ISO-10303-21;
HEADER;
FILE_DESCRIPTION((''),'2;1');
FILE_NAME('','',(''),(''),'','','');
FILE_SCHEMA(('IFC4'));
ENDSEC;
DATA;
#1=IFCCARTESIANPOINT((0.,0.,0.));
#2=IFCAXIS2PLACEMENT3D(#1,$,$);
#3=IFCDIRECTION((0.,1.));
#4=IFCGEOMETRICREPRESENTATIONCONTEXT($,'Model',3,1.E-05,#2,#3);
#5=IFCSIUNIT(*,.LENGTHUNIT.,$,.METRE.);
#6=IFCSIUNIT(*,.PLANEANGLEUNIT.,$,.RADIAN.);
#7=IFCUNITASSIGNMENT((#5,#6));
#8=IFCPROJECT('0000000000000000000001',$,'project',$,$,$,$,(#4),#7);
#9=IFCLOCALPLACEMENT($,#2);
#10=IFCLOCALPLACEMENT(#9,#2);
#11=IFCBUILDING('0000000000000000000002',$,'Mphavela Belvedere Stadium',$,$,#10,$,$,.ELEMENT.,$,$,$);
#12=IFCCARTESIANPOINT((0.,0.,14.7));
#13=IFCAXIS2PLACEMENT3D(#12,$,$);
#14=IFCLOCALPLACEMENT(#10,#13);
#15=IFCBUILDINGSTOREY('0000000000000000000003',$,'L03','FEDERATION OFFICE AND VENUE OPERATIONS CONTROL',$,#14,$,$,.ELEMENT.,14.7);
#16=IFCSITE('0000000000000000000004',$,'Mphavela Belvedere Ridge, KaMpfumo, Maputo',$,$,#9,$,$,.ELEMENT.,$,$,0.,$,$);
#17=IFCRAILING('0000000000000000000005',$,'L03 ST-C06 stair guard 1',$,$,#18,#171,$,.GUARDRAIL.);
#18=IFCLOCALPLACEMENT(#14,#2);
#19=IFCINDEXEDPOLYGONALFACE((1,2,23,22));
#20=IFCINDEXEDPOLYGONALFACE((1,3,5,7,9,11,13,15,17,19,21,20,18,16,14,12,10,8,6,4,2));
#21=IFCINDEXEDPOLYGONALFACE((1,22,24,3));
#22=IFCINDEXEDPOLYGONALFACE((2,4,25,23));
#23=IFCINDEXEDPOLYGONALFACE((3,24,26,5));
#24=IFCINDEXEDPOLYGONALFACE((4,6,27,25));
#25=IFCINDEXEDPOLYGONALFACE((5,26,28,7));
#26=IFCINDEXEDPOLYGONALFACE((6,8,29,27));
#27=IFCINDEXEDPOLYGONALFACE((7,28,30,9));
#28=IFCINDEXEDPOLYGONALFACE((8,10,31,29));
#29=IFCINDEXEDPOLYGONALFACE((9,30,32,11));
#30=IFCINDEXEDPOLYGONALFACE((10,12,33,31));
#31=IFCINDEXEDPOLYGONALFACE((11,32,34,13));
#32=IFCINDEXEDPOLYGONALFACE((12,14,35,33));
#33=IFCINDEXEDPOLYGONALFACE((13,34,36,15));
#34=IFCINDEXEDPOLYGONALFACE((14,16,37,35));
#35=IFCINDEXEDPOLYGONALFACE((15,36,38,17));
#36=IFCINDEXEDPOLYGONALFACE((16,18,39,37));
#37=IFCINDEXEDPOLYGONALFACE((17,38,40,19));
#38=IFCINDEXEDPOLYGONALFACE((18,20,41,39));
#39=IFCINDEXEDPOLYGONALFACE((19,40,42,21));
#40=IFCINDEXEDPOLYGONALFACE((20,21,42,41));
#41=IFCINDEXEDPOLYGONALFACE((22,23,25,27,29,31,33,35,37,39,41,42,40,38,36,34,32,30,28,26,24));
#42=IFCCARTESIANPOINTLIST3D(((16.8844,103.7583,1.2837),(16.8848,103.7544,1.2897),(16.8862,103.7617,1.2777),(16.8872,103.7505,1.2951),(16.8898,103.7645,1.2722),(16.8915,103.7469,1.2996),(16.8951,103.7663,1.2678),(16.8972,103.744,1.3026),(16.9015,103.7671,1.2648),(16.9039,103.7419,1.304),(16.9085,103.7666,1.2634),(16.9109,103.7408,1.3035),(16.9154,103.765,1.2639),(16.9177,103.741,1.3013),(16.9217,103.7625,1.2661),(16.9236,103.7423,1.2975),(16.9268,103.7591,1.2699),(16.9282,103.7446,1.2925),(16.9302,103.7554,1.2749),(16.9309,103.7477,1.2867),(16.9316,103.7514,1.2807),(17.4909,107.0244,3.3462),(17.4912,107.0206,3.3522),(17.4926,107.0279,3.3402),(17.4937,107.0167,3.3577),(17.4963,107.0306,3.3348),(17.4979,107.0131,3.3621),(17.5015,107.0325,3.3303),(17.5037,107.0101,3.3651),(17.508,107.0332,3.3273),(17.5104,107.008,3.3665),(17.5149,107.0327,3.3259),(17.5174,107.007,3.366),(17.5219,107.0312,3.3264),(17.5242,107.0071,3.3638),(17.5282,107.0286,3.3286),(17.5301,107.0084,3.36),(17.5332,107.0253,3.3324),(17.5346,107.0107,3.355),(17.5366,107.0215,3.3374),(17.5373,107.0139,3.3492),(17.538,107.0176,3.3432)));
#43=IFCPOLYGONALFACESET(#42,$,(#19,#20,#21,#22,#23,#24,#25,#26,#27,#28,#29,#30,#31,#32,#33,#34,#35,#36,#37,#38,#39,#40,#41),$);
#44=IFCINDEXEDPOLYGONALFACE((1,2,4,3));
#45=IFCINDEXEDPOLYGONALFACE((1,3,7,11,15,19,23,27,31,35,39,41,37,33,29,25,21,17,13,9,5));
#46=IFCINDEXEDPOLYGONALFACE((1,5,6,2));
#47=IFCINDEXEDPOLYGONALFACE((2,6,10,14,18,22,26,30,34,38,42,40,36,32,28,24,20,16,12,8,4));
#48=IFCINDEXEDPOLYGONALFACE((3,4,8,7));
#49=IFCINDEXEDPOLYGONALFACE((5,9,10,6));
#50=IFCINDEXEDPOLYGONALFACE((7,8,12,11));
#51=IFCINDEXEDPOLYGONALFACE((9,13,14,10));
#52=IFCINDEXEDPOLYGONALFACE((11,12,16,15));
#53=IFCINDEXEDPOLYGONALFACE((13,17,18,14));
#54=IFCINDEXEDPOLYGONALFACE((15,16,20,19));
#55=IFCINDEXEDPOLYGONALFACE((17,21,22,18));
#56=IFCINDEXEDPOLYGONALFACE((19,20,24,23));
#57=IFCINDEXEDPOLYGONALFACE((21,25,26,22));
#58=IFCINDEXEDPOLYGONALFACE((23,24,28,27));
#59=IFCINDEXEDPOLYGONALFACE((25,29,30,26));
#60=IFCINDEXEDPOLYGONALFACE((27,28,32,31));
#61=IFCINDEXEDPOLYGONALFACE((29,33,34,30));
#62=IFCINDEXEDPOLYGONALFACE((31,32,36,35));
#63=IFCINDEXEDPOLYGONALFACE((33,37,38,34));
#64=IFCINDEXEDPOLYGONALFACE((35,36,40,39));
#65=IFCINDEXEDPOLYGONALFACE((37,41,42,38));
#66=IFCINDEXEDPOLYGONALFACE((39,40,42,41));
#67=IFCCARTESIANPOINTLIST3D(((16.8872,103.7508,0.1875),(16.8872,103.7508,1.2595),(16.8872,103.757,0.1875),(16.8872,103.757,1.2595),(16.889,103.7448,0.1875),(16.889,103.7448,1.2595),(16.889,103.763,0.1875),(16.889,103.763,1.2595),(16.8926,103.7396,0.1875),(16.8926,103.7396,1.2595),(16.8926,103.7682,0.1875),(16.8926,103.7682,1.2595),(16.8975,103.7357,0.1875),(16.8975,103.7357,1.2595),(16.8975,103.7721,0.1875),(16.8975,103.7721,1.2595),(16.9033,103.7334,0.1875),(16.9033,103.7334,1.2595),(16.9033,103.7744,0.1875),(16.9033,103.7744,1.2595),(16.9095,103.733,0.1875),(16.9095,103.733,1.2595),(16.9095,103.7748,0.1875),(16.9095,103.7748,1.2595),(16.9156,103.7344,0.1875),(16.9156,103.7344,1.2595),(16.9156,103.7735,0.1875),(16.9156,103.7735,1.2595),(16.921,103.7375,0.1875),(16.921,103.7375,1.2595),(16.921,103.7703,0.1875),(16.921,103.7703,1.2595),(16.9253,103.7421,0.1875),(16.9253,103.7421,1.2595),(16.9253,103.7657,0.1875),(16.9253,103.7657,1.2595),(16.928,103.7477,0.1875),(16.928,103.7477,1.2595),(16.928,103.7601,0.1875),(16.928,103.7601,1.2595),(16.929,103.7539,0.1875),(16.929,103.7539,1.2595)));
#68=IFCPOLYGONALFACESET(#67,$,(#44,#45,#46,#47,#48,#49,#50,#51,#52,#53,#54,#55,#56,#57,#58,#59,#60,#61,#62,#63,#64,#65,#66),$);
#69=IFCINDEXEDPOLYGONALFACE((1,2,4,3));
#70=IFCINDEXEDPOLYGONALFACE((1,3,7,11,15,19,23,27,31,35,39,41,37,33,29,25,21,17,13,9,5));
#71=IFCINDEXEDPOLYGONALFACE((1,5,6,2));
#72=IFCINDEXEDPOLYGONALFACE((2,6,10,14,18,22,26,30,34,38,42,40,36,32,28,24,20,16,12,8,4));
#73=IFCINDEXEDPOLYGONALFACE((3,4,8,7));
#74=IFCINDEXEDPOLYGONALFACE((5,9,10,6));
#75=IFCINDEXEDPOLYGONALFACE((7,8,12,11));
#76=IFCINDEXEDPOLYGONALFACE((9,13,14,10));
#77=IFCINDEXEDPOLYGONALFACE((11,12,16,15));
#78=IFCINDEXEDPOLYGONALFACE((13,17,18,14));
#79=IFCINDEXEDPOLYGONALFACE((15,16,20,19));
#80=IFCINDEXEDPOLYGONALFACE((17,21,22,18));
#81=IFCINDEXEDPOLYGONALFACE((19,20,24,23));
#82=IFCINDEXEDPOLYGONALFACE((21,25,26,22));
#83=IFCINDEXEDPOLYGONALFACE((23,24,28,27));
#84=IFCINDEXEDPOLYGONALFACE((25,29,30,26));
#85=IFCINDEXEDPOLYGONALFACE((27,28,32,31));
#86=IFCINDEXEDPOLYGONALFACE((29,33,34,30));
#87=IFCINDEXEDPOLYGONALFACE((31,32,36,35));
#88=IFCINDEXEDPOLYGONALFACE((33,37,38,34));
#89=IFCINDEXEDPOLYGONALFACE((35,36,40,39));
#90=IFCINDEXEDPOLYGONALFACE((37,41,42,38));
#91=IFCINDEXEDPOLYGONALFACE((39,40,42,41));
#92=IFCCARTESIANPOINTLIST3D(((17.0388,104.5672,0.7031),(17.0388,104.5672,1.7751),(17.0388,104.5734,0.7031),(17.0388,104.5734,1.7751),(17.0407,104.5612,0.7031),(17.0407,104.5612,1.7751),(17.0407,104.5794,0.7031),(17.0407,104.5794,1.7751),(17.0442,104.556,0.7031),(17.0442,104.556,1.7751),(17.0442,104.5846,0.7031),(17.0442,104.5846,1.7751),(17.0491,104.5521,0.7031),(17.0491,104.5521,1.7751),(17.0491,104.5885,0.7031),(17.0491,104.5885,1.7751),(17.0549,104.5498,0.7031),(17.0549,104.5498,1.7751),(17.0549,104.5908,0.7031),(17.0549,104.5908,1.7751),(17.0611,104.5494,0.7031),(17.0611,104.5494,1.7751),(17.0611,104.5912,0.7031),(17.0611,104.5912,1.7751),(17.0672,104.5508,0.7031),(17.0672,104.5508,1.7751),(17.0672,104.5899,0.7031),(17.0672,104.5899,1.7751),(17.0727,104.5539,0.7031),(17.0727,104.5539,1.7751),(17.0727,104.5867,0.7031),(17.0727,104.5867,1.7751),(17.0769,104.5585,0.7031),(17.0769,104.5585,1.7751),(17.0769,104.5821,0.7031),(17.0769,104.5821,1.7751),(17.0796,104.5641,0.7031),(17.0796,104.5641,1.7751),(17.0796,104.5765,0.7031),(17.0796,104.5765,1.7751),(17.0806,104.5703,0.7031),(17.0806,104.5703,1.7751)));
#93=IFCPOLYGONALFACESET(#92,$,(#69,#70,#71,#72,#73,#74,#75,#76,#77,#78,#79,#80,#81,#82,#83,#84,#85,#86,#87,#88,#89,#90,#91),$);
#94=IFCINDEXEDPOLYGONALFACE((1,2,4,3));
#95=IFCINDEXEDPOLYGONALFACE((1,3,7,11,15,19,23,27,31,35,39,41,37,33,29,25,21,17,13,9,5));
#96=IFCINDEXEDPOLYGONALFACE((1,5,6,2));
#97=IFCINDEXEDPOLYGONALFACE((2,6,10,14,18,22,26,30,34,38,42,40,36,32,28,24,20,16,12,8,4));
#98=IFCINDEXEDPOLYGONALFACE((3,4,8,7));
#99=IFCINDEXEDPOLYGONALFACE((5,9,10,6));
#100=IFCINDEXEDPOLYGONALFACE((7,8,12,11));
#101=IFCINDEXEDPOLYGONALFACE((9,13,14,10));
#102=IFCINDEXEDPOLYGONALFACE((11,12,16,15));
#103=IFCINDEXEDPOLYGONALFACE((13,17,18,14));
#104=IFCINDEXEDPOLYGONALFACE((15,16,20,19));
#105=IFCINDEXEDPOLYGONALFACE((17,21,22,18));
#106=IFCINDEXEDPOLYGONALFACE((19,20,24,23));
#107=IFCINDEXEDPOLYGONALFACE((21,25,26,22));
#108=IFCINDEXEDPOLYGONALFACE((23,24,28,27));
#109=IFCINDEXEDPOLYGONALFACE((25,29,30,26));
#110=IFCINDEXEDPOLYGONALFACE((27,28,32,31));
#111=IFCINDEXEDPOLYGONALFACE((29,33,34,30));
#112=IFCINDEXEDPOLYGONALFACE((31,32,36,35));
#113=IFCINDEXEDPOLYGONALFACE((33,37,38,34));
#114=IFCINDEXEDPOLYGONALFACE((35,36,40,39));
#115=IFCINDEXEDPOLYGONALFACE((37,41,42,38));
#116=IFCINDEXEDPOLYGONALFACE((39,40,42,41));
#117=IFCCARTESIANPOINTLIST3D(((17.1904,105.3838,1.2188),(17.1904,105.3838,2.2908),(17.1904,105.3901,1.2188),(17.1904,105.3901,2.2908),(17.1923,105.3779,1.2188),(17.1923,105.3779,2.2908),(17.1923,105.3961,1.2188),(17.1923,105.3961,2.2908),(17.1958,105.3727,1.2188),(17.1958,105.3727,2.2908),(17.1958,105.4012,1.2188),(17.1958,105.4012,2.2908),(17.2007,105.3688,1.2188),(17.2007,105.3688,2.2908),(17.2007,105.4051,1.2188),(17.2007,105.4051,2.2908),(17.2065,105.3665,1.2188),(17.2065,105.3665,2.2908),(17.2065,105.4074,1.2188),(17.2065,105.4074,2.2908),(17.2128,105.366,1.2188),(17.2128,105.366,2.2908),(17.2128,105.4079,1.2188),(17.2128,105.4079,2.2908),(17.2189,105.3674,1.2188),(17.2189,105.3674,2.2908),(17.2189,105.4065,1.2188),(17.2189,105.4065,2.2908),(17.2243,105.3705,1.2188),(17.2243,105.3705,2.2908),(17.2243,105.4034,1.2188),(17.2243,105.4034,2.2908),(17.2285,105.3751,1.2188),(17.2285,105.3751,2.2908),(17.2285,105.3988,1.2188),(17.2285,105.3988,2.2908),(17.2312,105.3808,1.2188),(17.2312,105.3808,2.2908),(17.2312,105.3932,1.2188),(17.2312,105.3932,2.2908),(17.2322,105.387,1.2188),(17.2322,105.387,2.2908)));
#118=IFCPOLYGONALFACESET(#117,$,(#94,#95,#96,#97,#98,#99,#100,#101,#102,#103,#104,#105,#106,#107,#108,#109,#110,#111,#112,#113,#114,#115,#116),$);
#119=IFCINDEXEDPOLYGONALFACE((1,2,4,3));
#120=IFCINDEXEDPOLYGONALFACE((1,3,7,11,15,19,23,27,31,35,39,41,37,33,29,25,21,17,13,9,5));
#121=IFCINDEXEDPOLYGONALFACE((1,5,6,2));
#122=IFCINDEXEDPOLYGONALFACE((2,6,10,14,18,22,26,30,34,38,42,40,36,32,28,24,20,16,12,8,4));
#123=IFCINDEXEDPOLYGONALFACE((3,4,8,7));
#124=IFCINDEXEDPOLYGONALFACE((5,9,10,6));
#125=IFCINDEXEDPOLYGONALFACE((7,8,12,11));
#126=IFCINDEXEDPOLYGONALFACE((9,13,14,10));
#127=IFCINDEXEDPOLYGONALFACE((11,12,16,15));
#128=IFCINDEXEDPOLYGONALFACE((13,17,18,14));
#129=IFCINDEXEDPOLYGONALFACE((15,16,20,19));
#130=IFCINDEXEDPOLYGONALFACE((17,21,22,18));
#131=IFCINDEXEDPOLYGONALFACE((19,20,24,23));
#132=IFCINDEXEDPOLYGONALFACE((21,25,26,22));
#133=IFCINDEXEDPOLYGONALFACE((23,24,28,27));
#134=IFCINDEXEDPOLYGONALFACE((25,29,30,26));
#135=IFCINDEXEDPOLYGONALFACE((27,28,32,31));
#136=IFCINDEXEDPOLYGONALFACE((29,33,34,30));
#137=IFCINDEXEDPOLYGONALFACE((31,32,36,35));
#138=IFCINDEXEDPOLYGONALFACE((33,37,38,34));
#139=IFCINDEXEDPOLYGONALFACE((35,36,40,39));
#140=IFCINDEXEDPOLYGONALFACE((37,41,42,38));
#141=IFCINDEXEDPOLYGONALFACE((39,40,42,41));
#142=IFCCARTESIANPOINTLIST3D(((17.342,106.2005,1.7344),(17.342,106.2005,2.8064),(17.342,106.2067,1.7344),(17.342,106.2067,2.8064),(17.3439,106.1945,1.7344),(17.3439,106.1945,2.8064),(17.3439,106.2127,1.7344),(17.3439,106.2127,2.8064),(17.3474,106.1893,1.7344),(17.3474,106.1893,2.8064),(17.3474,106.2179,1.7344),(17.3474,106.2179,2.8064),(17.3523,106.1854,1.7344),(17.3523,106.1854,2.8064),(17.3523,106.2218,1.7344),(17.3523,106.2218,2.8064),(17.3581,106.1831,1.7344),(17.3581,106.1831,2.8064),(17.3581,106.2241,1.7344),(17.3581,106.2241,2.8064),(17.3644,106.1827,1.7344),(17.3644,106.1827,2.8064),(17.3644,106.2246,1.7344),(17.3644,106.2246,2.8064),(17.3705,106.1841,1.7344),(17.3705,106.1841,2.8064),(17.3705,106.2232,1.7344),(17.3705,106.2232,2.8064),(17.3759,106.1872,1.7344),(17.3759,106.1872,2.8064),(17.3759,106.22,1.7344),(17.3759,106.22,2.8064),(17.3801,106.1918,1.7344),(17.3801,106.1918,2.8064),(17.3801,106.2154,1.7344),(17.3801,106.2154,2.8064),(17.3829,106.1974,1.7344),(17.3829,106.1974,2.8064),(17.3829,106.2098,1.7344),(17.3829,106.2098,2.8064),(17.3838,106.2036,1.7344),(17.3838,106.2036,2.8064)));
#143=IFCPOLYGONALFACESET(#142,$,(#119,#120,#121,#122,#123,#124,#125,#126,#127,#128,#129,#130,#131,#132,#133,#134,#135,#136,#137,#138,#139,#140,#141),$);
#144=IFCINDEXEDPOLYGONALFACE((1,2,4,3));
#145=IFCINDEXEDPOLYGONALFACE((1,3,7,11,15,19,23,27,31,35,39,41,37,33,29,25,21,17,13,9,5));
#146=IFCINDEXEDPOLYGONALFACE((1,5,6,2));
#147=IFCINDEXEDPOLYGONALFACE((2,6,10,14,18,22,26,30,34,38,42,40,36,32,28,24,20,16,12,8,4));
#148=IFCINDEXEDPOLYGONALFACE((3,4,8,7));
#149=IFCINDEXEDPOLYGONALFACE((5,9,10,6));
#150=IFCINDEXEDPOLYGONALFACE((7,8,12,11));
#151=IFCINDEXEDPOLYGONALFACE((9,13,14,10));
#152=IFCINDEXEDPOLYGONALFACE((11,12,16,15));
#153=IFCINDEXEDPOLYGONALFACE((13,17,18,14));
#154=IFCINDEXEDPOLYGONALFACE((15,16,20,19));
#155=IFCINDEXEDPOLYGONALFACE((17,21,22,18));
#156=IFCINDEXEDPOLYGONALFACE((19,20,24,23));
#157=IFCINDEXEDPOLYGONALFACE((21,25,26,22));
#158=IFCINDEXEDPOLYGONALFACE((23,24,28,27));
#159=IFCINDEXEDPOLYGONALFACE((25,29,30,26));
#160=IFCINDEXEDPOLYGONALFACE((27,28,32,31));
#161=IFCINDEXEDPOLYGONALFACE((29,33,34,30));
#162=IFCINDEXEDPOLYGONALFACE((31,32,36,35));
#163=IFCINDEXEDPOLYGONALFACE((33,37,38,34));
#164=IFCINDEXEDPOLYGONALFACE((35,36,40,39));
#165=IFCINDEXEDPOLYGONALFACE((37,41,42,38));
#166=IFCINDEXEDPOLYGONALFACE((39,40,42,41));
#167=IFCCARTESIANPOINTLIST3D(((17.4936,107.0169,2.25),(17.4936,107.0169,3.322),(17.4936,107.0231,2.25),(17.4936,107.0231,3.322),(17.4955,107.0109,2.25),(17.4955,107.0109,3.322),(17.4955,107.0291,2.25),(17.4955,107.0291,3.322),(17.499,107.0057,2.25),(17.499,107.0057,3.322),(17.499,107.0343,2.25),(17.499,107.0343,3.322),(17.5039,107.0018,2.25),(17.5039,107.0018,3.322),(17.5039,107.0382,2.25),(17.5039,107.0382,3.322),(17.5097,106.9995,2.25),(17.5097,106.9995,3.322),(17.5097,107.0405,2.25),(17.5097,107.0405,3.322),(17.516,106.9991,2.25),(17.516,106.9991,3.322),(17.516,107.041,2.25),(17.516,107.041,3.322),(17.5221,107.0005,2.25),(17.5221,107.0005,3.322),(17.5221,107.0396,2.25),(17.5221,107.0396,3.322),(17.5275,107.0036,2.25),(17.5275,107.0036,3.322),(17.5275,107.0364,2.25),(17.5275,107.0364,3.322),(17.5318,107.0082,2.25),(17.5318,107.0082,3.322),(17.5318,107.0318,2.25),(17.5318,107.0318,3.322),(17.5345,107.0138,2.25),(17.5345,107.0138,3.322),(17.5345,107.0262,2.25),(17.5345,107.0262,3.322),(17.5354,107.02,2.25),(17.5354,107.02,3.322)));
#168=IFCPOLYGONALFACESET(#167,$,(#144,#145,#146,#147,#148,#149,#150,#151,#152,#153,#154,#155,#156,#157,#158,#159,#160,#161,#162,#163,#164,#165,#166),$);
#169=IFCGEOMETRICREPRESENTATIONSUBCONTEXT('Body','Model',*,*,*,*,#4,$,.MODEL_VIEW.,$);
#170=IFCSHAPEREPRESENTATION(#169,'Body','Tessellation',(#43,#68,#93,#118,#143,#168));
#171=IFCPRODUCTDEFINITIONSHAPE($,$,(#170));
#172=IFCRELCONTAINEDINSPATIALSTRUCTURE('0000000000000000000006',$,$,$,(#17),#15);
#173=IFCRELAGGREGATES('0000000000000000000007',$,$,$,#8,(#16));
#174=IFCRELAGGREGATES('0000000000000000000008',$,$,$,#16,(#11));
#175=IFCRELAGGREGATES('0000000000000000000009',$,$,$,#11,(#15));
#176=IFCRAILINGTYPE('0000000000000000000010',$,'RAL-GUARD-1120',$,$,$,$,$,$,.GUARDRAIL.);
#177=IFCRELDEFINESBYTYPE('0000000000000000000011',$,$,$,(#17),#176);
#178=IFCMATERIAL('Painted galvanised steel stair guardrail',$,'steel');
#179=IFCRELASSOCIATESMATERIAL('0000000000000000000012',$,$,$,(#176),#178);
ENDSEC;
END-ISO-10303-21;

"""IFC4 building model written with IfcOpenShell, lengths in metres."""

from ifc_helpers import new_model, si_unit, direction, frame, origin, origin_2d, place, context, subcontext, project, spatial, circle, extrude, material, type_object, element, save


model = new_model("IFC4")

# Units and contexts
model_context = context("Model", 3, precision=1e-05, world=origin(), true_north=direction((0.0, 1.0)))
body_context = subcontext(model_context, "Body", "Model", "MODEL_VIEW")
ifc_project = project(units=[si_unit("LENGTHUNIT", "METRE"), si_unit("PLANEANGLEUNIT", "RADIAN")], contexts=[model_context])

# Site, building, storey
site_placement = place(None, origin())
site = spatial("IfcSite", under=ifc_project, at=site_placement, Name="Mphavela Belvedere Ridge, KaMpfumo, Maputo", CompositionType="ELEMENT", RefElevation=0.0)
building_placement = place(site_placement, origin())
building = spatial("IfcBuilding", under=site, at=building_placement, Name="Mphavela Belvedere Stadium", CompositionType="ELEMENT")
storey_placement = place(building_placement, frame((0.0, 0.0, 14.7)))
storey = spatial("IfcBuildingStorey", under=building, at=storey_placement, Name="L03", Description="FEDERATION OFFICE AND VENUE OPERATIONS CONTROL", CompositionType="ELEMENT", Elevation=14.7)

# Railing
ifc_material_1 = material(Name="Painted galvanised steel stair guardrail", Category="steel")
railing_type_1 = type_object("IfcRailingType", Name="RAL-GUARD-1120", PredefinedType="GUARDRAIL", material=ifc_material_1)
railing_1_placement = place(storey_placement, frame((16.908, 103.7539, 0.1875)))
element("IfcRailing", 1, at=railing_1_placement, inside=storey, type_object=railing_type_1, Name="L03 ST-C06 stair guard 1", PredefinedType="GUARDRAIL", context=body_context, shape_type="SweptSolid", body=[
    extrude(circle(Radius=0.0239, at=origin_2d()), frame((0.0, 0.0, 1.0962), z_axis=(0.155096, 0.835294, 0.527475), x_axis=(-0.983195, 0.182558, 0.0)), (0.0, 0.0, 1.0), 3.9102),
    extrude(circle(Radius=0.021, at=origin_2d()), origin(), (0.0, 0.0, 1.0), 1.072),
    extrude(circle(Radius=0.021, at=origin_2d()), frame((0.1516, 0.8164, 0.5156)), (0.0, 0.0, 1.0), 1.072),
    extrude(circle(Radius=0.021, at=origin_2d()), frame((0.3032, 1.6331, 1.0312)), (0.0, 0.0, 1.0), 1.072),
    extrude(circle(Radius=0.021, at=origin_2d()), frame((0.4548, 2.4497, 1.5469)), (0.0, 0.0, 1.0), 1.072),
    extrude(circle(Radius=0.021, at=origin_2d()), frame((0.6064, 3.2661, 2.0625)), (0.0, 0.0, 1.0), 1.072),
])

save(model, "model.ifc")
